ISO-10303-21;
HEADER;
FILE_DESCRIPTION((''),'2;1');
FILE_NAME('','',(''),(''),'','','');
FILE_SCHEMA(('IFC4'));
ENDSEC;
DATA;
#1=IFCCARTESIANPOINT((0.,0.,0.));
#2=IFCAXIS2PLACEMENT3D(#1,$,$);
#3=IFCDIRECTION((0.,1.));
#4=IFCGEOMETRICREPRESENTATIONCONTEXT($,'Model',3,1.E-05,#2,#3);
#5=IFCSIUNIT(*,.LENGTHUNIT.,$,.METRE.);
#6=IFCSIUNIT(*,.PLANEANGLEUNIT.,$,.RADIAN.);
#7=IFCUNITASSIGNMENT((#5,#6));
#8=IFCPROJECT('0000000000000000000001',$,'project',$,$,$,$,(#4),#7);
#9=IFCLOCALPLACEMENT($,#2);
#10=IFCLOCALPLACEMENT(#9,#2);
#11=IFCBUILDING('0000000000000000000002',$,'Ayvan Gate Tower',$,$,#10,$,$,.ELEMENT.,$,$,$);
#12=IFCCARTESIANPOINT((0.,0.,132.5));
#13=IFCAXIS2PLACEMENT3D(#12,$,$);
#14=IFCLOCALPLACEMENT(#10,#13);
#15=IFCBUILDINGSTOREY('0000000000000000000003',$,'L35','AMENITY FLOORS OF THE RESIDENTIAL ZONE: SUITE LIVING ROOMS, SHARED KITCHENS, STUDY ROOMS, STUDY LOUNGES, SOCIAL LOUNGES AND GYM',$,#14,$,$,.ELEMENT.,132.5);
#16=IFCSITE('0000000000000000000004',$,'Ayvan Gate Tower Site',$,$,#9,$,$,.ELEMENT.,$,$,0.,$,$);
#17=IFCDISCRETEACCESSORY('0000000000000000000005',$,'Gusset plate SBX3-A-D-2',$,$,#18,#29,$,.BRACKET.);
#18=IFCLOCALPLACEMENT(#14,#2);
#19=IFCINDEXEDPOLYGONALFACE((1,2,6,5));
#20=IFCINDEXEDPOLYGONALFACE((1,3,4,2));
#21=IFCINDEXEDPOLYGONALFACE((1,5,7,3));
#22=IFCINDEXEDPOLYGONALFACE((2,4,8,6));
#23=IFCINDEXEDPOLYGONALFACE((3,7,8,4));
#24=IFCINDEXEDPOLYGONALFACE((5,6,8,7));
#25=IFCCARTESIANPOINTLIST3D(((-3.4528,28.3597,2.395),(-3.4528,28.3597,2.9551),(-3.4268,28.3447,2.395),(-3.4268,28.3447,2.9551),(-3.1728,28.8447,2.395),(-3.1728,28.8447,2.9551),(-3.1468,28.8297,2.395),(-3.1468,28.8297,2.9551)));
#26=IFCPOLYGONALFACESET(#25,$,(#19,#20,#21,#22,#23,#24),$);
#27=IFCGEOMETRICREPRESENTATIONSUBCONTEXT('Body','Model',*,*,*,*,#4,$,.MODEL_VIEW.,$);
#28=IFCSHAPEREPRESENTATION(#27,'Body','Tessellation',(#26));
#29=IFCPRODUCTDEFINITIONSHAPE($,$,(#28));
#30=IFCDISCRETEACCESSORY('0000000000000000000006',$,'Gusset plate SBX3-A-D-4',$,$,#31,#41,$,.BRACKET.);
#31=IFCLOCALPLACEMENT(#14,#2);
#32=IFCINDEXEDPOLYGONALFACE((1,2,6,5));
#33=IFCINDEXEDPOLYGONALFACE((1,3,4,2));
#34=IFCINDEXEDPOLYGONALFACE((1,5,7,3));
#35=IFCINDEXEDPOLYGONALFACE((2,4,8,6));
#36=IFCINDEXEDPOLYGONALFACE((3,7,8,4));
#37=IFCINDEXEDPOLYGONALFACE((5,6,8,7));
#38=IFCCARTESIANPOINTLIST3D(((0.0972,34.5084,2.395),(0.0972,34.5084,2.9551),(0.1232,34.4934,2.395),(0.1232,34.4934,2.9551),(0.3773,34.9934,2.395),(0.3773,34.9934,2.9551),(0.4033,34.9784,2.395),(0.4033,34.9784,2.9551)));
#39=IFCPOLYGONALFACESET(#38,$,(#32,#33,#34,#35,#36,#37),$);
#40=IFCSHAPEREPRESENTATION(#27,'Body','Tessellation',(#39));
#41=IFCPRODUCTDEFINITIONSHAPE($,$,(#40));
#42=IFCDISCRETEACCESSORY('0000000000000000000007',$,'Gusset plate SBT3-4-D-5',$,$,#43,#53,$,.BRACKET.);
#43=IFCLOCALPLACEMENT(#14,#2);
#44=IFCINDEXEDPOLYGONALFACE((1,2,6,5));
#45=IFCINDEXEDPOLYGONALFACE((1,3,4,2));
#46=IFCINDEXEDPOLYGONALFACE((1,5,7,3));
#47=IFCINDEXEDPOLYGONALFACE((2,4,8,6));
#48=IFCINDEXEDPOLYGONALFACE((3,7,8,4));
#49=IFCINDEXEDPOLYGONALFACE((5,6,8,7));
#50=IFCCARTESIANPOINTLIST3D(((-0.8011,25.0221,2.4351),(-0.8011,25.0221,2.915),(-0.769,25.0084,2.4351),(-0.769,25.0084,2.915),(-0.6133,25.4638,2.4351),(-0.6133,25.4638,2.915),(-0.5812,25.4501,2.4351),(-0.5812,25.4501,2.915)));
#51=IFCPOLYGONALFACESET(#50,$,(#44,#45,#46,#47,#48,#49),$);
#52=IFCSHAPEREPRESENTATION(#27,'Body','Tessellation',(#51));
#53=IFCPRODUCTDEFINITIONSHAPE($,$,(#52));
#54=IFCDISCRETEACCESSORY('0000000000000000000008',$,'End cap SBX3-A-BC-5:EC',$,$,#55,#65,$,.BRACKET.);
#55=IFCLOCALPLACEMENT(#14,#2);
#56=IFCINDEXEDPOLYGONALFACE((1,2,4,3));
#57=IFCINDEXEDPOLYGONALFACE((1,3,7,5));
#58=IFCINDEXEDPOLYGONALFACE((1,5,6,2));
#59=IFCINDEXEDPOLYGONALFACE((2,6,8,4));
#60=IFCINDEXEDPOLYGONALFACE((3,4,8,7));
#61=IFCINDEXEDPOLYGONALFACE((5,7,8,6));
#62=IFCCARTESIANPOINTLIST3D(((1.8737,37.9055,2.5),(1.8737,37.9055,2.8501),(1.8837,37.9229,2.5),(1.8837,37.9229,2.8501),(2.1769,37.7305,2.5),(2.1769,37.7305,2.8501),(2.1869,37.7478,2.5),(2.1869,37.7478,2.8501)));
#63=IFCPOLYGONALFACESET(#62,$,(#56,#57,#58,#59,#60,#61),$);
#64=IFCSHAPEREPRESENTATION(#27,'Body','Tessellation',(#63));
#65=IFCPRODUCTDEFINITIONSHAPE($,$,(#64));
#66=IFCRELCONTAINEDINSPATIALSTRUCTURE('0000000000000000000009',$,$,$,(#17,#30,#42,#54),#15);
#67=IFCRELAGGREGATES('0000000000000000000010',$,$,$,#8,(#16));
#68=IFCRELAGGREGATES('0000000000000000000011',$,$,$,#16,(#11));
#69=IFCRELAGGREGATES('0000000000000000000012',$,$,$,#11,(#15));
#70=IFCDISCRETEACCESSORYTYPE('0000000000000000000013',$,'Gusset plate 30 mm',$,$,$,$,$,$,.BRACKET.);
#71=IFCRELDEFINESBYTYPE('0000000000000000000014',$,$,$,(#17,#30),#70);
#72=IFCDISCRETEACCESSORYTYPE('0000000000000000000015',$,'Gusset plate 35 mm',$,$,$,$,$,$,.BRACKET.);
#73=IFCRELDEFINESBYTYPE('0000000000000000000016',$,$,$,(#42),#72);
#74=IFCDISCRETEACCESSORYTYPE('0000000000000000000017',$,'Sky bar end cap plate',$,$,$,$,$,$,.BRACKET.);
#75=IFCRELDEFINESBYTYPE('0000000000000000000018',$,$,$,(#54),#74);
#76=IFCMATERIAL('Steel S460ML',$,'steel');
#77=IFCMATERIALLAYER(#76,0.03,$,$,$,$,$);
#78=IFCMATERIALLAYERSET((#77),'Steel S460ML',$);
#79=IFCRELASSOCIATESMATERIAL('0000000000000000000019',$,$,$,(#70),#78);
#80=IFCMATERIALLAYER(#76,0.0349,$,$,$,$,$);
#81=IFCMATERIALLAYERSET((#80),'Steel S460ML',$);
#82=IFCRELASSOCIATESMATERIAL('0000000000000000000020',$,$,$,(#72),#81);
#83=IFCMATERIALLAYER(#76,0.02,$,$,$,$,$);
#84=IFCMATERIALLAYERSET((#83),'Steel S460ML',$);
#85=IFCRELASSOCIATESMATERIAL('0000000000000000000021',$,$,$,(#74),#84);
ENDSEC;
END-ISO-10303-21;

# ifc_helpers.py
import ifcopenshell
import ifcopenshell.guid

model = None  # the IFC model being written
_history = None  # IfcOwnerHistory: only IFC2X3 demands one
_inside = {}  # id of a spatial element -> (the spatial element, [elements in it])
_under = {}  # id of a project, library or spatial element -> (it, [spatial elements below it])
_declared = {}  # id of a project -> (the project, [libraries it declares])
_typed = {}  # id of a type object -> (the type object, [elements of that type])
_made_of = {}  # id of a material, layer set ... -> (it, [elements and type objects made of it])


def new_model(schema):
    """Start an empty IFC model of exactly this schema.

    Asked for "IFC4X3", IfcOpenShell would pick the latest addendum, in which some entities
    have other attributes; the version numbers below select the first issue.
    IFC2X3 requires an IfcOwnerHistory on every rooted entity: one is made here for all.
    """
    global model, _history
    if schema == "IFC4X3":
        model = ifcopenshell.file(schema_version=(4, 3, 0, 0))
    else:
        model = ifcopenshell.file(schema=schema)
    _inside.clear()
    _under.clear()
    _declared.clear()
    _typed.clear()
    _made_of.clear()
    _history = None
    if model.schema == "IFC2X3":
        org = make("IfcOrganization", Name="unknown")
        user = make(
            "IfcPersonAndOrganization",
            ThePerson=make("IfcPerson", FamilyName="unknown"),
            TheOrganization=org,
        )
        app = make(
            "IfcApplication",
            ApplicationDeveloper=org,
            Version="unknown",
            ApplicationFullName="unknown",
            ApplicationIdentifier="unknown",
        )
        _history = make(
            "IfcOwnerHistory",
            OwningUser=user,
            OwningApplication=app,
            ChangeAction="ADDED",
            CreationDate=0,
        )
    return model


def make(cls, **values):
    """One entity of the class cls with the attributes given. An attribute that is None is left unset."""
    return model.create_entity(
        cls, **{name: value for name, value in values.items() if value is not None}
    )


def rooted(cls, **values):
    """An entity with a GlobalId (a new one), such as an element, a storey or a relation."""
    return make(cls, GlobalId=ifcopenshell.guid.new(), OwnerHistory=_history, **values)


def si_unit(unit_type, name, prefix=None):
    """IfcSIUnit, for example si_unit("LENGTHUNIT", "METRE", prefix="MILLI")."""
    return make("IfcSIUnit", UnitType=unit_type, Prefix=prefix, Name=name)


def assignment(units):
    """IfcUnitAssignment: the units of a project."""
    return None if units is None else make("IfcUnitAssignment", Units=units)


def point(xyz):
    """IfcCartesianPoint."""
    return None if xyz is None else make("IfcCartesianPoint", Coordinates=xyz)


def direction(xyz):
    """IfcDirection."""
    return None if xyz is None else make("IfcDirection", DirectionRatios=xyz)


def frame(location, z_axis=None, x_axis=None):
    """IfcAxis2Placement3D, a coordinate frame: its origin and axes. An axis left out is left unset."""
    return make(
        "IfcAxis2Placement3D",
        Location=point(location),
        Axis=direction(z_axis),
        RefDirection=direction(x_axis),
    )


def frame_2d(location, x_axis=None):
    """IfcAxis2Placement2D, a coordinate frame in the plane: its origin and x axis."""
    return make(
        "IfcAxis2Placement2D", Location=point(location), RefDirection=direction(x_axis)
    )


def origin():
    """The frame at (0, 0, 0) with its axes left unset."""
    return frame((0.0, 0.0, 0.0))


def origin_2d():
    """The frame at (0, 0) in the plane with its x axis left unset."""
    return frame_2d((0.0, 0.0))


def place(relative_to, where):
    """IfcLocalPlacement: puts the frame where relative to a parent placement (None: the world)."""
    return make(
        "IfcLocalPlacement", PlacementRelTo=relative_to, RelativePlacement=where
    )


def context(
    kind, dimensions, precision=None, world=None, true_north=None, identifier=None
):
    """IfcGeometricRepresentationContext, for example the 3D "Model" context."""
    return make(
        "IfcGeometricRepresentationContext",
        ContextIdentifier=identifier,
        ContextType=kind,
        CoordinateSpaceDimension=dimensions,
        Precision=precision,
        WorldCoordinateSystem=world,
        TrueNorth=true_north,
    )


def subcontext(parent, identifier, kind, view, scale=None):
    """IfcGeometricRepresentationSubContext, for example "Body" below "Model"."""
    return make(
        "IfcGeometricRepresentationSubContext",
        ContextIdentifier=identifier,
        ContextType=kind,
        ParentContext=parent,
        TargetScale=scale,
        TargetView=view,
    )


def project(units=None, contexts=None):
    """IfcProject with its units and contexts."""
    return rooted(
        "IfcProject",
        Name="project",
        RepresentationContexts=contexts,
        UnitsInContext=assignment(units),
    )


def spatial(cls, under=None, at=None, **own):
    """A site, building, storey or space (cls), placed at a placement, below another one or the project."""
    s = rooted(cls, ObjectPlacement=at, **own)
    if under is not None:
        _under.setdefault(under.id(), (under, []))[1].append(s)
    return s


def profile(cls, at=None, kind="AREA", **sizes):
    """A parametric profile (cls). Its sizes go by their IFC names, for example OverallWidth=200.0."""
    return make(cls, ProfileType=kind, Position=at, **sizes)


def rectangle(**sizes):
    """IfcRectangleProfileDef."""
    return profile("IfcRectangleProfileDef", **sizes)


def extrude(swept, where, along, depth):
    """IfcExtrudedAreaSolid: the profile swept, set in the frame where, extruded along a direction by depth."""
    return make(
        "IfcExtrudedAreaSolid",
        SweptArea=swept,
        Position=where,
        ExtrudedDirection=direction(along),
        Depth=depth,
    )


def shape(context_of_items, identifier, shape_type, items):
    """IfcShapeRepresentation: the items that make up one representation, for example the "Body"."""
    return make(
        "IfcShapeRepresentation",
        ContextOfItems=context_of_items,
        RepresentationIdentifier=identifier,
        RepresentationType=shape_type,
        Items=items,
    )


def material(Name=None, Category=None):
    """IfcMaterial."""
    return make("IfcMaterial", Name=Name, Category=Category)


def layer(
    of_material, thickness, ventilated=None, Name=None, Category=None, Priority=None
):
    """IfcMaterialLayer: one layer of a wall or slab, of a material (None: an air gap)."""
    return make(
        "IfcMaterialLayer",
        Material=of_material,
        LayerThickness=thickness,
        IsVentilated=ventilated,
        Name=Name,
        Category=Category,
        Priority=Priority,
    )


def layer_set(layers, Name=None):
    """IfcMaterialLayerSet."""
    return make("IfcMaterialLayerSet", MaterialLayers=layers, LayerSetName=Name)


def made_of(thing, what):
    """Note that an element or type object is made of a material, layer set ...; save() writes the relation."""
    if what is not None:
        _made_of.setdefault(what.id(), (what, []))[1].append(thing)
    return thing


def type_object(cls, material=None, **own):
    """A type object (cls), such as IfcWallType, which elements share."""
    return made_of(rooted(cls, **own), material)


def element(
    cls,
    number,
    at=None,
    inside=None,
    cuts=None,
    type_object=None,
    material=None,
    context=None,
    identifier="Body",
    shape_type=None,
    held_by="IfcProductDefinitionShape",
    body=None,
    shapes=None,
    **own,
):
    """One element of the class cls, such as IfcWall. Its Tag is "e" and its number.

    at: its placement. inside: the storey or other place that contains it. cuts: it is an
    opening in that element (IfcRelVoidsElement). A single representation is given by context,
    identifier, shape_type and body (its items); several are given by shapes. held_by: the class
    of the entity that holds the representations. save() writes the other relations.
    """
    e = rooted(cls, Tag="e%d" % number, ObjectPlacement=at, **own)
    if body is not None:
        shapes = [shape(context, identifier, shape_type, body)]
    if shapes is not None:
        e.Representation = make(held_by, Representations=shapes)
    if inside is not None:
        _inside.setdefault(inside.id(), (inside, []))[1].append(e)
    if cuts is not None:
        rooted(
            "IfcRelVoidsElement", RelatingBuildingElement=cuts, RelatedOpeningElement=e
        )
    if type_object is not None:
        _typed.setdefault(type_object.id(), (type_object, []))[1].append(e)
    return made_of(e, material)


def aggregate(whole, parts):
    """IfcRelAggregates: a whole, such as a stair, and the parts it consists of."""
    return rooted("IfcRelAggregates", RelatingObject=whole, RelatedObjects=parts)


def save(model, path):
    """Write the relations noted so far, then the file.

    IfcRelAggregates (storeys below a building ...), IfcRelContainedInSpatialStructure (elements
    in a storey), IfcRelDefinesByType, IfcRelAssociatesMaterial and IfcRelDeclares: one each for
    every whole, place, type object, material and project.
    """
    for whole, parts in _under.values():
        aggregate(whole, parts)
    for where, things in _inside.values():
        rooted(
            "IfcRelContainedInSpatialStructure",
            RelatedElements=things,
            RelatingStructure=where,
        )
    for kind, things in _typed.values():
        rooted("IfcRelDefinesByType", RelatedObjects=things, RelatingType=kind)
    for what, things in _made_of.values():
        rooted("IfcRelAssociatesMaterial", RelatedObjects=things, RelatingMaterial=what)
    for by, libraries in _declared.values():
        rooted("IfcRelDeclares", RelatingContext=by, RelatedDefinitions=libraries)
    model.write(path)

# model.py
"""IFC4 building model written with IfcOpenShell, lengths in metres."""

from ifc_helpers import new_model, si_unit, direction, frame, origin, origin_2d, place, context, subcontext, project, spatial, rectangle, extrude, material, layer, layer_set, type_object, element, save


model = new_model("IFC4")

# Units and contexts
model_context = context("Model", 3, precision=1e-05, world=origin(), true_north=direction((0.0, 1.0)))
body_context = subcontext(model_context, "Body", "Model", "MODEL_VIEW")
ifc_project = project(units=[si_unit("LENGTHUNIT", "METRE"), si_unit("PLANEANGLEUNIT", "RADIAN")], contexts=[model_context])

# Site, building, storey
site_placement = place(None, origin())
site = spatial("IfcSite", under=ifc_project, at=site_placement, Name="Ayvan Gate Tower Site", CompositionType="ELEMENT", RefElevation=0.0)
building_placement = place(site_placement, origin())
building = spatial("IfcBuilding", under=site, at=building_placement, Name="Ayvan Gate Tower", CompositionType="ELEMENT")
storey_placement = place(building_placement, frame((0.0, 0.0, 132.5)))
storey = spatial("IfcBuildingStorey", under=building, at=storey_placement, Name="L35", Description="AMENITY FLOORS OF THE RESIDENTIAL ZONE: SUITE LIVING ROOMS, SHARED KITCHENS, STUDY ROOMS, STUDY LOUNGES, SOCIAL LOUNGES AND GYM", CompositionType="ELEMENT", Elevation=132.5)

# Discrete accessories
ifc_material_1 = material(Name="Steel S460ML", Category="steel")
ifc_layer_1 = layer(ifc_material_1, 0.03)
ifc_layer_set_1 = layer_set([ifc_layer_1], Name="Steel S460ML")
discrete_accessory_type_1 = type_object("IfcDiscreteAccessoryType", Name="Gusset plate 30 mm", PredefinedType="BRACKET", material=ifc_layer_set_1)
for number, where, z_axis, x_axis, name in (
    (1, (-3.2998, 28.5947, 2.395), (0.0, 0.0, 1.0), (0.5, 0.866025, 0.0), "Gusset plate SBX3-A-D-2"),
    (2, (0.2502, 34.7434, 2.395), (0.0, 0.0, 1.0), (0.5, 0.866025, 0.0), "Gusset plate SBX3-A-D-4"),
):
    element("IfcDiscreteAccessory", number, at=place(storey_placement, frame(where, z_axis=z_axis, x_axis=x_axis)), inside=storey, type_object=discrete_accessory_type_1, Name=name, PredefinedType="BRACKET", context=body_context, shape_type="SweptSolid", body=[
        extrude(rectangle(XDim=0.5601, YDim=0.03, at=origin_2d()), origin(), (0.0, 0.0, 1.0), 0.5601),
    ])
ifc_layer_2 = layer(ifc_material_1, 0.0349)
ifc_layer_set_2 = layer_set([ifc_layer_2], Name="Steel S460ML")
discrete_accessory_type_2 = type_object("IfcDiscreteAccessoryType", Name="Gusset plate 35 mm", PredefinedType="BRACKET", material=ifc_layer_set_2)
discrete_accessory_1_placement = place(storey_placement, frame((-0.6912, 25.2361, 2.4351), z_axis=(0.0, 0.0, 1.0), x_axis=(0.391324, 0.920253, 0.0)))
element("IfcDiscreteAccessory", 3, at=discrete_accessory_1_placement, inside=storey, type_object=discrete_accessory_type_2, Name="Gusset plate SBT3-4-D-5", PredefinedType="BRACKET", context=body_context, shape_type="SweptSolid", body=[
    extrude(rectangle(XDim=0.48, YDim=0.0349, at=origin_2d()), origin(), (0.0, 0.0, 1.0), 0.48),
])
ifc_layer_3 = layer(ifc_material_1, 0.02)
ifc_layer_set_3 = layer_set([ifc_layer_3], Name="Steel S460ML")
discrete_accessory_type_3 = type_object("IfcDiscreteAccessoryType", Name="Sky bar end cap plate", PredefinedType="BRACKET", material=ifc_layer_set_3)
discrete_accessory_2_placement = place(storey_placement, frame((2.0303, 37.8267, 2.5), z_axis=(0.0, 0.0, 1.0), x_axis=(0.5, 0.866025, 0.0)))
element("IfcDiscreteAccessory", 4, at=discrete_accessory_2_placement, inside=storey, type_object=discrete_accessory_type_3, Name="End cap SBX3-A-BC-5:EC", PredefinedType="BRACKET", context=body_context, shape_type="SweptSolid", body=[
    extrude(rectangle(XDim=0.02, YDim=0.3501, at=origin_2d()), origin(), (0.0, 0.0, 1.0), 0.3501),
])

save(model, "model.ifc")
